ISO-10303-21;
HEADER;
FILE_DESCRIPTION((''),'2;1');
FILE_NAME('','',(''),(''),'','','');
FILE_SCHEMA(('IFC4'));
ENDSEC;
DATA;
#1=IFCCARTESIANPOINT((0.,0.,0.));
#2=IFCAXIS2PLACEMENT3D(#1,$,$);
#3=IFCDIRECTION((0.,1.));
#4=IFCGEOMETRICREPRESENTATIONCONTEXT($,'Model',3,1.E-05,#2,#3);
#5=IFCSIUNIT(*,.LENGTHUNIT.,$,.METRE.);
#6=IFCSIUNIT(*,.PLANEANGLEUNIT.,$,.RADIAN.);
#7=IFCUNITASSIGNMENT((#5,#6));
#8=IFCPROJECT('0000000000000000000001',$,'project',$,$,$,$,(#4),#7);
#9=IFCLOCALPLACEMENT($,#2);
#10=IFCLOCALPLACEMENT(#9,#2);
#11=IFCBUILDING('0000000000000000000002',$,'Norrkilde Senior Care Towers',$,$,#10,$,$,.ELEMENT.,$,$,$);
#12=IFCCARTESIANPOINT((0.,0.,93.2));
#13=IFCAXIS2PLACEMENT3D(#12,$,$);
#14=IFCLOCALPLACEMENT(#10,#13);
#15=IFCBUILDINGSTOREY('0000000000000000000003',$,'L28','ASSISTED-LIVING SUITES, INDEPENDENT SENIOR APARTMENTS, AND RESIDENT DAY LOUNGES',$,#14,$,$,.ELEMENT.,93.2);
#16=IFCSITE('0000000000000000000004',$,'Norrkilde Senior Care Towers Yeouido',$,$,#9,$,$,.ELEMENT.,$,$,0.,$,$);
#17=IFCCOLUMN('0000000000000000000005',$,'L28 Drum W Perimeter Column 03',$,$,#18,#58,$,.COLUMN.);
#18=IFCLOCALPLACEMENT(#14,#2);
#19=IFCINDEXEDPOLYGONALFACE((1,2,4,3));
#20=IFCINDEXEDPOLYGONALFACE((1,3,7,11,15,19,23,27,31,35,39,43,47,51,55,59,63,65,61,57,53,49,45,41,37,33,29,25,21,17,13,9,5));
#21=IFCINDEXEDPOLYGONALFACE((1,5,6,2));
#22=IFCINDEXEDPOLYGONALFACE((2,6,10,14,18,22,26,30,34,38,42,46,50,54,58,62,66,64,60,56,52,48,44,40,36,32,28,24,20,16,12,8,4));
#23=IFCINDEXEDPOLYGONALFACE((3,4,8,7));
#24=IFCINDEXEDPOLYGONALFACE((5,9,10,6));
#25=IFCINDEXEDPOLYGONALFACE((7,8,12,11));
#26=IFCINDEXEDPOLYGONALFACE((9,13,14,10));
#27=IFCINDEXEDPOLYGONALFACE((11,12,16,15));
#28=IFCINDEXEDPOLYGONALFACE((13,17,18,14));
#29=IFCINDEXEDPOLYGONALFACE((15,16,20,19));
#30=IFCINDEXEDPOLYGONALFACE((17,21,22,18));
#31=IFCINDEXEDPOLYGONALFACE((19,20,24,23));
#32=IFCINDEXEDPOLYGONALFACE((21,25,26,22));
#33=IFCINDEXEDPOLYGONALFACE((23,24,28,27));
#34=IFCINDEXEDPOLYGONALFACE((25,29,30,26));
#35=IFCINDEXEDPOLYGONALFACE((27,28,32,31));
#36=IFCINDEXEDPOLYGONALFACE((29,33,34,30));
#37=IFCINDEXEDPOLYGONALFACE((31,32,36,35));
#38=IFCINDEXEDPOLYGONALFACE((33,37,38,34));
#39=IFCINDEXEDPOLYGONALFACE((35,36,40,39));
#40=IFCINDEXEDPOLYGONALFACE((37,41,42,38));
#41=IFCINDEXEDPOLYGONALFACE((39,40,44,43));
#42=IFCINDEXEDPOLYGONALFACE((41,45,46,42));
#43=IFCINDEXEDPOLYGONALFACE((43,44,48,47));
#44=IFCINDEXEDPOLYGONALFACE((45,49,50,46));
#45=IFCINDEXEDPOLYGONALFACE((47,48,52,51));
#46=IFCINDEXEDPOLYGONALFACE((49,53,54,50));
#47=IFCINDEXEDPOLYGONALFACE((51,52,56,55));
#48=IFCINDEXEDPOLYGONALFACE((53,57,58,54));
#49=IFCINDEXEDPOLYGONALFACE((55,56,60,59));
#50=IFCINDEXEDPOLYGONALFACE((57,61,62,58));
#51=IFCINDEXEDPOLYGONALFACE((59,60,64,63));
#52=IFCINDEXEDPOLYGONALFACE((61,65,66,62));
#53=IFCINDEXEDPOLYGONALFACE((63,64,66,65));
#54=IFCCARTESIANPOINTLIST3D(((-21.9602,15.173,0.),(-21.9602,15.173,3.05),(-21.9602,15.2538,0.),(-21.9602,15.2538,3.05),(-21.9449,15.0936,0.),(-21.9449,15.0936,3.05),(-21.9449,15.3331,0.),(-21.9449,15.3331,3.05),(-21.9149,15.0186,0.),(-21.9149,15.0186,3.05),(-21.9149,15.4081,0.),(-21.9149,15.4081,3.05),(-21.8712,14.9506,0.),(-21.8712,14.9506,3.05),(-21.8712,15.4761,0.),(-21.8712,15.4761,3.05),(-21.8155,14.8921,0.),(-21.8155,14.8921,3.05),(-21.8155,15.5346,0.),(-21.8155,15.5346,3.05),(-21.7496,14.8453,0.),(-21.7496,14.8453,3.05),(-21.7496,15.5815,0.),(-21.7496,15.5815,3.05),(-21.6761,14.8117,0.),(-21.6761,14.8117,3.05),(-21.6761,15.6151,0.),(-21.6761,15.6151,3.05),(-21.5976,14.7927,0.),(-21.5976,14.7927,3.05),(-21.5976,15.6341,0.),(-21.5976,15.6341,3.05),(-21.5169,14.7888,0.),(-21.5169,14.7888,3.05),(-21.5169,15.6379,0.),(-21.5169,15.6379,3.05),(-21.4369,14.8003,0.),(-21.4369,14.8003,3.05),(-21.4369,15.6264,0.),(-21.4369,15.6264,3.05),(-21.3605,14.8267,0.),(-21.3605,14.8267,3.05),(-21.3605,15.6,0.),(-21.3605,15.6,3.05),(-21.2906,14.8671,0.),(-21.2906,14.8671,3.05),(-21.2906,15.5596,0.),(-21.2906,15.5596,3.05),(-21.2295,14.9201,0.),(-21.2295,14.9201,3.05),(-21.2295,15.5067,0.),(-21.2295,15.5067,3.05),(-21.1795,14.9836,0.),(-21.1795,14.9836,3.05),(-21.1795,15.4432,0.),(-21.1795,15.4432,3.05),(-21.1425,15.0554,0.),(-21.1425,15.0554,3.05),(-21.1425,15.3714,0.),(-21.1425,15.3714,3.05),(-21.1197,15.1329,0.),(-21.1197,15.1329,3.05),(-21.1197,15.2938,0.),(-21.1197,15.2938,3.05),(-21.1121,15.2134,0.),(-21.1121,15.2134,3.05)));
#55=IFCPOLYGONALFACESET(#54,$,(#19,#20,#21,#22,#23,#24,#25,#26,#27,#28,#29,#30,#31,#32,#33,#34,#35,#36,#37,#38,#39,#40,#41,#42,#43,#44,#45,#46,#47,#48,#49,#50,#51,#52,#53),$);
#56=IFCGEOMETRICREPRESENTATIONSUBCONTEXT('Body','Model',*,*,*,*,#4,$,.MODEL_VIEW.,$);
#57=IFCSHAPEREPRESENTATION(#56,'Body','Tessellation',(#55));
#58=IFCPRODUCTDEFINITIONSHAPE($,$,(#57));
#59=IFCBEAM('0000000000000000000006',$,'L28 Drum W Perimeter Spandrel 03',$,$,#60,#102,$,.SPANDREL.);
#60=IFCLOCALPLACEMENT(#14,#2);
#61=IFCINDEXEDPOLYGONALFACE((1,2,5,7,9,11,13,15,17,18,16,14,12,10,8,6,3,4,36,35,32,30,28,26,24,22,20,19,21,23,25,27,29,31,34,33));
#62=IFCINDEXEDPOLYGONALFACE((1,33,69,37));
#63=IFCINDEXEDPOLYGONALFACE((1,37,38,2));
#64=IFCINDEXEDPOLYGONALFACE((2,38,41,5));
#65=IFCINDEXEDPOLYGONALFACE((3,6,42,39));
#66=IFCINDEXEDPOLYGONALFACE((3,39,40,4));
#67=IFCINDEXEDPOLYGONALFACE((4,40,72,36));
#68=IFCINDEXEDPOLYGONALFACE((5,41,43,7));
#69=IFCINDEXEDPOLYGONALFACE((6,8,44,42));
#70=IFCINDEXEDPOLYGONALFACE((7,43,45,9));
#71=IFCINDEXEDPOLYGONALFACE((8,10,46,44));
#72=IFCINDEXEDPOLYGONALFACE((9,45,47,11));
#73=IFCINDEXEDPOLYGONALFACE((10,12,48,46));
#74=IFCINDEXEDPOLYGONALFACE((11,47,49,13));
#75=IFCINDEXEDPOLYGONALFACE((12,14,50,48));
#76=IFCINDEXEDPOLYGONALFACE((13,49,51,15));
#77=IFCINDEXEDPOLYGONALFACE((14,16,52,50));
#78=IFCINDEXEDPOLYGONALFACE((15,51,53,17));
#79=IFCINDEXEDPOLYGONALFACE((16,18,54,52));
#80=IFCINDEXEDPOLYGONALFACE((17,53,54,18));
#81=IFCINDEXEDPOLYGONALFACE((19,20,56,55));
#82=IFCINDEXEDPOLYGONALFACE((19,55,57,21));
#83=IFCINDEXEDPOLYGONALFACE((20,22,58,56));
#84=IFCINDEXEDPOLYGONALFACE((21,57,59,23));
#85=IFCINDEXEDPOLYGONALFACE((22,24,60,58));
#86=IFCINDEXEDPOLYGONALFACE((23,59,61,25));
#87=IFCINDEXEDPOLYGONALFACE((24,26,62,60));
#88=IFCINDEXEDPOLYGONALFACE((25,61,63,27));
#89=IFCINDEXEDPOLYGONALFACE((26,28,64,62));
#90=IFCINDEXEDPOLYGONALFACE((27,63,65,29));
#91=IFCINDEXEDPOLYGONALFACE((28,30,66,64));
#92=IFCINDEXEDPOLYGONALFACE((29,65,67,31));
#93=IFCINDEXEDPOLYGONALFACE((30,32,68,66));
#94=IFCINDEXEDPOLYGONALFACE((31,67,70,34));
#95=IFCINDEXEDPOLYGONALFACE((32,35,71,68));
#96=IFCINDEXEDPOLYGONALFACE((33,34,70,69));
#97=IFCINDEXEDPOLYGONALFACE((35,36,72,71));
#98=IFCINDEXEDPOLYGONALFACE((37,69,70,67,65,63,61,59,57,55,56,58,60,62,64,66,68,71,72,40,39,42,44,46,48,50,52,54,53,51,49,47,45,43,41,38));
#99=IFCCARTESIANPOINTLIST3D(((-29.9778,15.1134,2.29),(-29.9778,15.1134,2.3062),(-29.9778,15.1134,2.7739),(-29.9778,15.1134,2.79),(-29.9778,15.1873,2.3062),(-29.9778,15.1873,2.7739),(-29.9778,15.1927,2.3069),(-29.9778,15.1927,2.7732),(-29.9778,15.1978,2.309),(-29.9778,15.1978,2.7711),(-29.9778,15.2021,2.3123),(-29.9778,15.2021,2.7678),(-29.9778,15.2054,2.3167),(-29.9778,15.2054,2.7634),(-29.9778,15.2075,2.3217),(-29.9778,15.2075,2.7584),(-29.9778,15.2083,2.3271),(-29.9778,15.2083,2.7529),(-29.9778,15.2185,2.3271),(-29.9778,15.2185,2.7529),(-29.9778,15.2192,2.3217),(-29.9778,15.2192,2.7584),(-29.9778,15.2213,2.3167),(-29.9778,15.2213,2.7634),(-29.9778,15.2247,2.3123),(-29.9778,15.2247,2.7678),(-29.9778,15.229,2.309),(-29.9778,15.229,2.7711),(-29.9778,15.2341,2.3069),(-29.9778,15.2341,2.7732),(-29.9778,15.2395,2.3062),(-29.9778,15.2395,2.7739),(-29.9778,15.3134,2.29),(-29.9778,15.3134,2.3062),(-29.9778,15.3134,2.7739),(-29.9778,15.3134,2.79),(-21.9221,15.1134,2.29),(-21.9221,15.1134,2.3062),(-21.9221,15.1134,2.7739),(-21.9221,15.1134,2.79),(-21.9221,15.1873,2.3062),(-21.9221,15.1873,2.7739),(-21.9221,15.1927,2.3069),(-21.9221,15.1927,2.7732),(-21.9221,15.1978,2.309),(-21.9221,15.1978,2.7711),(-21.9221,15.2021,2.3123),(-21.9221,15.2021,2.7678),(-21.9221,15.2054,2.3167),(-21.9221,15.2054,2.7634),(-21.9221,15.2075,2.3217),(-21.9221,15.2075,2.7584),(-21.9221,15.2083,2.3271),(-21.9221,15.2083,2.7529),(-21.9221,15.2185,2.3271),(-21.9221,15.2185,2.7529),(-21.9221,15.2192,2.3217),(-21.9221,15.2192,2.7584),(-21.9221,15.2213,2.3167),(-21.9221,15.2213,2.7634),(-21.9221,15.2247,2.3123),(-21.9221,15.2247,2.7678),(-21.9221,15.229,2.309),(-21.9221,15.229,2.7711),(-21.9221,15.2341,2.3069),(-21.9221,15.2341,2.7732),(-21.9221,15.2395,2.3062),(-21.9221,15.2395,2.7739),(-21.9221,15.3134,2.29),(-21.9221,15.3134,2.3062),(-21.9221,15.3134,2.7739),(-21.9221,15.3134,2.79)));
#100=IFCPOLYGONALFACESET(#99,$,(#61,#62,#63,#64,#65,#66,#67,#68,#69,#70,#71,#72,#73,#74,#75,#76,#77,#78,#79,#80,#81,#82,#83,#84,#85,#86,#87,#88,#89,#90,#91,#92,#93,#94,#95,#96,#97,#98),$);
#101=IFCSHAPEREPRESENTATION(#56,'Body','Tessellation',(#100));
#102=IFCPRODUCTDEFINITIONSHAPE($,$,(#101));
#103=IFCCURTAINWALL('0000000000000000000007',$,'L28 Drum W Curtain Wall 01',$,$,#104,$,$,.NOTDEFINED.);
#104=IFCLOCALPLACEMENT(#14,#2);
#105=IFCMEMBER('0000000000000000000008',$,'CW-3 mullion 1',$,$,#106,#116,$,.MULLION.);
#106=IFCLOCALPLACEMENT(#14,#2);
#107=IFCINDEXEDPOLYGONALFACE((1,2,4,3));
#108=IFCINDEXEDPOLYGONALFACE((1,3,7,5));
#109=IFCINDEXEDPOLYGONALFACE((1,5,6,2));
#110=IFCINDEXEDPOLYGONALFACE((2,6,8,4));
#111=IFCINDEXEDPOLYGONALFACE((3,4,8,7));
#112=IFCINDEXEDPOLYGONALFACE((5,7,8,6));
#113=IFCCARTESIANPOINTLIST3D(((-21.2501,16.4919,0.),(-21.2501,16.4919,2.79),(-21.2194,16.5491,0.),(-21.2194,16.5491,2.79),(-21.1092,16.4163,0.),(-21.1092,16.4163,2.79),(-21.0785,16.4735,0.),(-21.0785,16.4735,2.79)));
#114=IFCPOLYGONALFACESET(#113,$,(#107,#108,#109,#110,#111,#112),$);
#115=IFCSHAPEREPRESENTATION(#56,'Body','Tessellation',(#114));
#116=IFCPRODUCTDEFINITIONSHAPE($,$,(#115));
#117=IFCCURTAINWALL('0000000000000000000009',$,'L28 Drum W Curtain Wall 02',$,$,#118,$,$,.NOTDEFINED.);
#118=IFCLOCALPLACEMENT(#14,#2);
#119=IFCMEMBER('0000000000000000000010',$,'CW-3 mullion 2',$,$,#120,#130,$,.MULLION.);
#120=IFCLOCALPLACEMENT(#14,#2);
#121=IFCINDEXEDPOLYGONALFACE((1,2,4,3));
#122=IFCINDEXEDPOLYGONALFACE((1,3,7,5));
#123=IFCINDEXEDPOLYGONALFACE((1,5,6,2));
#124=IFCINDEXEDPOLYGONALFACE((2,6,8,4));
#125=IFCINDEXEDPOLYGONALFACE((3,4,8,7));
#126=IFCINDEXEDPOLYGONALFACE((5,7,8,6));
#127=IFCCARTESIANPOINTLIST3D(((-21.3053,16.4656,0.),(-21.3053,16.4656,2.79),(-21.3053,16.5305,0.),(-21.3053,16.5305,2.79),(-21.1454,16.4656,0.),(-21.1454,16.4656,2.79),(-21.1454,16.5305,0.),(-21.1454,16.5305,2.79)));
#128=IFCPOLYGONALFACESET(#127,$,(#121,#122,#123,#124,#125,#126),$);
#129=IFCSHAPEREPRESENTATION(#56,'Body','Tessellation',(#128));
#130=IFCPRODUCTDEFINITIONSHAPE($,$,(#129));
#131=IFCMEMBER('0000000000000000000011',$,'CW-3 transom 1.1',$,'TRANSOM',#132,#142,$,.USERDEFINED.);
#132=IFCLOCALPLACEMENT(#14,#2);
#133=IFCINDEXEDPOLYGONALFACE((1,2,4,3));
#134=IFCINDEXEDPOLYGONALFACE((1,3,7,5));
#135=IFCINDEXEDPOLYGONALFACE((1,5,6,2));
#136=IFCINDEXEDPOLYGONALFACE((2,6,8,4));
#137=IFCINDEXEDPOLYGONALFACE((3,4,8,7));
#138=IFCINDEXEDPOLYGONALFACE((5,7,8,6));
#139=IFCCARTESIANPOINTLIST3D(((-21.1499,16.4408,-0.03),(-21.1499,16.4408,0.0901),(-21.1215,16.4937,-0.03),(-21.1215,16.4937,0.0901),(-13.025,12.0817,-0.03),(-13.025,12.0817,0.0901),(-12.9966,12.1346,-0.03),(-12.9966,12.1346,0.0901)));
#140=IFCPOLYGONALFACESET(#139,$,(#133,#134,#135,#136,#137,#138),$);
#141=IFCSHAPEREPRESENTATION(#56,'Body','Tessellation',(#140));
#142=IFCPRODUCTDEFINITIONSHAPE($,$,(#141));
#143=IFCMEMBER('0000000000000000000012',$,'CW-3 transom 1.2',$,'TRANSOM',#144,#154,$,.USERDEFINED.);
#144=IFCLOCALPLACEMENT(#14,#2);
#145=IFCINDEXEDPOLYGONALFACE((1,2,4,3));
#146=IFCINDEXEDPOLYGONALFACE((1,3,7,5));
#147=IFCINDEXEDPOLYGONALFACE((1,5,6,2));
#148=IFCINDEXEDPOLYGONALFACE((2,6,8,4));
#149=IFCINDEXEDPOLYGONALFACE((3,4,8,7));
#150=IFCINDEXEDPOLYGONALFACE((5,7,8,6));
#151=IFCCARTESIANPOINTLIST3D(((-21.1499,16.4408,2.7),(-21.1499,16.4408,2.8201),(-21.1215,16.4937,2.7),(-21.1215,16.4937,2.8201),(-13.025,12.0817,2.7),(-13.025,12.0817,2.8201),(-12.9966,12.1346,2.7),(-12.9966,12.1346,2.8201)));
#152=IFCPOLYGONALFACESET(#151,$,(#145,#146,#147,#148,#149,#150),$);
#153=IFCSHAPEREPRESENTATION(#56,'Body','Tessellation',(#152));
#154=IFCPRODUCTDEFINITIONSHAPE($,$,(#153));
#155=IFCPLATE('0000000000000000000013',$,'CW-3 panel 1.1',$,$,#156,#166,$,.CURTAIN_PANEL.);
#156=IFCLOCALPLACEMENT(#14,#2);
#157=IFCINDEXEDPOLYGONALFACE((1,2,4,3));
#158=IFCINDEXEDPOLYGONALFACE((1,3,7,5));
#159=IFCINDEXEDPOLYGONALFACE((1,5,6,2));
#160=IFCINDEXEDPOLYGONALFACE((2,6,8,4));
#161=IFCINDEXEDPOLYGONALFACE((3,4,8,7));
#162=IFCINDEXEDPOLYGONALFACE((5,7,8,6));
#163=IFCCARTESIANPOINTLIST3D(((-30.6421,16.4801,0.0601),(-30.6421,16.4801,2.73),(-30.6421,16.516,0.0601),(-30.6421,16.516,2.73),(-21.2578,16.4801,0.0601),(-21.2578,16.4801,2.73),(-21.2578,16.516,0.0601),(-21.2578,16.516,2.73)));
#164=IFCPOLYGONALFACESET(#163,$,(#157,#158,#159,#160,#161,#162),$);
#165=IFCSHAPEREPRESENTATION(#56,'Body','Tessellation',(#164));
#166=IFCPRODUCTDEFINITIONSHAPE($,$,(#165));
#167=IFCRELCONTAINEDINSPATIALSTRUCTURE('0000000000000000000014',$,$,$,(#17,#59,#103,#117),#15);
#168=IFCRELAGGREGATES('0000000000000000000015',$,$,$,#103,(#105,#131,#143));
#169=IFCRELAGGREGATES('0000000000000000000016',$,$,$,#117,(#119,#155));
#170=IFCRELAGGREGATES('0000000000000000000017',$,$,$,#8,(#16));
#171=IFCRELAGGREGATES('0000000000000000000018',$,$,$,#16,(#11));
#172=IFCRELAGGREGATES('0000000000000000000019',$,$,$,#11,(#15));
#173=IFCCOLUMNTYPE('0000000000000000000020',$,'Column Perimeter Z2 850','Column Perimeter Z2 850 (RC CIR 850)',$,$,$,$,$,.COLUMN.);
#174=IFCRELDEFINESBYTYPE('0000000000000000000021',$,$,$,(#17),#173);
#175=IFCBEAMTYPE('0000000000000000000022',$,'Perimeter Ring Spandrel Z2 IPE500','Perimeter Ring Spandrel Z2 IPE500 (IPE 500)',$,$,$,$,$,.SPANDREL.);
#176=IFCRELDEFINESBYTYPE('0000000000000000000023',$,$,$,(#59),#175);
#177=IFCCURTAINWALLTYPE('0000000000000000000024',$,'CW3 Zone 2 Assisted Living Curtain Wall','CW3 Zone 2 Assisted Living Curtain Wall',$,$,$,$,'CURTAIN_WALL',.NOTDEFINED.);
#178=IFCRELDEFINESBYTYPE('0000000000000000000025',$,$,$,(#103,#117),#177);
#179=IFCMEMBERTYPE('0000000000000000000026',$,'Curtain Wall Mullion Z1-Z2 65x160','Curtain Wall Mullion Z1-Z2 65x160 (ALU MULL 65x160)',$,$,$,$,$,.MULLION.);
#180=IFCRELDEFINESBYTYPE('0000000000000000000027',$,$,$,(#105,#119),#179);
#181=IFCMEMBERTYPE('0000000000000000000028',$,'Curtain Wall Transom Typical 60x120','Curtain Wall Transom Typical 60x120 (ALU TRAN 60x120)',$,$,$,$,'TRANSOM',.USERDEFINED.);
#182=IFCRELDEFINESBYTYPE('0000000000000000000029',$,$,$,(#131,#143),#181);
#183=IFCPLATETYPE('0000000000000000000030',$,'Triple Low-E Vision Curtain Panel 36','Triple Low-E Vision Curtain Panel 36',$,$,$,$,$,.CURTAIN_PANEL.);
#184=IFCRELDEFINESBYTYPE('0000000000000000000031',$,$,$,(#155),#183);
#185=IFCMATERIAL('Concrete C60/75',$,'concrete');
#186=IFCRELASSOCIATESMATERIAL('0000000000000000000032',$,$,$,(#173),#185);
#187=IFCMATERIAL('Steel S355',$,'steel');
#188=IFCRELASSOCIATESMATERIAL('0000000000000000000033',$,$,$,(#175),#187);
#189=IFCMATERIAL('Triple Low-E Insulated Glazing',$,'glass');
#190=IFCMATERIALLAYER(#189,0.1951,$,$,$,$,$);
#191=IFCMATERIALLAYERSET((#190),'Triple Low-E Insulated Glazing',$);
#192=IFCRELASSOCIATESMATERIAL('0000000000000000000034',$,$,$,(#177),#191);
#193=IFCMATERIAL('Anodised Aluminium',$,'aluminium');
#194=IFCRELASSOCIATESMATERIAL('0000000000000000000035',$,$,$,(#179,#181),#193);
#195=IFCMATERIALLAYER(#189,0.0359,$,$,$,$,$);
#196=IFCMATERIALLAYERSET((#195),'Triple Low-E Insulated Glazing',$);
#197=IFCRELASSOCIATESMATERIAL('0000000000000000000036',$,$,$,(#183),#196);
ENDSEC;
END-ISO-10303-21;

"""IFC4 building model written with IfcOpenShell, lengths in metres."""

from ifc_helpers import new_model, si_unit, direction, frame, origin, origin_2d, place, context, subcontext, project, spatial, rectangle, circle, i_section, extrude, source, transform, mapped, material, layer, layer_set, material_profile, profile_set, type_object, type_shapes, element, aggregate, save


model = new_model("IFC4")

# Units and contexts
model_context = context("Model", 3, precision=1e-05, world=origin(), true_north=direction((0.0, 1.0)))
body_context = subcontext(model_context, "Body", "Model", "MODEL_VIEW")
ifc_project = project(units=[si_unit("LENGTHUNIT", "METRE"), si_unit("PLANEANGLEUNIT", "RADIAN")], contexts=[model_context])

# Site, building, storey
site_placement = place(None, origin())
site = spatial("IfcSite", under=ifc_project, at=site_placement, Name="Norrkilde Senior Care Towers Yeouido", CompositionType="ELEMENT", RefElevation=0.0)
building_placement = place(site_placement, origin())
building = spatial("IfcBuilding", under=site, at=building_placement, Name="Norrkilde Senior Care Towers", CompositionType="ELEMENT")
storey_placement = place(building_placement, frame((0.0, 0.0, 93.2)))
storey = spatial("IfcBuildingStorey", under=building, at=storey_placement, Name="L28", Description="ASSISTED-LIVING SUITES, INDEPENDENT SENIOR APARTMENTS, AND RESIDENT DAY LOUNGES", CompositionType="ELEMENT", Elevation=93.2)

# Column
ifc_material_1 = material(Name="Concrete C60/75", Category="concrete")
ifc_material_profile_1 = material_profile(ifc_material_1, circle(Radius=0.425, at=origin_2d()), Name="RC CIR 850")
ifc_profile_set_1 = profile_set([ifc_material_profile_1], Name="Concrete C60/75")
column_type = type_object("IfcColumnType", Name="Column Perimeter Z2 850", Description="Column Perimeter Z2 850 (RC CIR 850)", PredefinedType="COLUMN", material=ifc_profile_set_1)
shared_shape_1 = source(origin(), body_context, "Body", "SweptSolid", [
    extrude(circle(Radius=0.425, at=origin_2d()), origin(), (0.0, 0.0, 1.0), 3.05),
])
type_shapes(column_type, [shared_shape_1])
column_placement = place(storey_placement, frame((-21.5371, 15.2134, 0.0), z_axis=(0.0, 0.0, 1.0), x_axis=(1.0, 0.0, 0.0)))
element("IfcColumn", 1, at=column_placement, inside=storey, type_object=column_type, Name="L28 Drum W Perimeter Column 03", PredefinedType="COLUMN", context=body_context, shape_type="MappedRepresentation", body=[
    mapped(shared_shape_1, transform((0.0, 0.0, 0.0), x_axis=(1.0, 0.0, 0.0), y_axis=(0.0, 1.0, 0.0), z_axis=(0.0, 0.0, 1.0), scale=1.0)),
])

# Beam
ifc_material_2 = material(Name="Steel S355", Category="steel")
ifc_material_profile_2 = material_profile(ifc_material_2, i_section(OverallWidth=0.2, OverallDepth=0.5, WebThickness=0.0103, FlangeThickness=0.0161, FilletRadius=0.021, at=origin_2d()), Name="IPE 500")
ifc_profile_set_2 = profile_set([ifc_material_profile_2], Name="Steel S355")
beam_type = type_object("IfcBeamType", Name="Perimeter Ring Spandrel Z2 IPE500", Description="Perimeter Ring Spandrel Z2 IPE500 (IPE 500)", PredefinedType="SPANDREL", material=ifc_profile_set_2)
shared_shape_2 = source(origin(), body_context, "Body", "SweptSolid", [
    extrude(i_section(OverallWidth=0.2, OverallDepth=0.5, WebThickness=0.0103, FlangeThickness=0.0161, FilletRadius=0.021, at=origin_2d()), origin(), (0.0, 0.0, 1.0), 8.0557),
])
type_shapes(beam_type, [shared_shape_2])
beam_placement = place(storey_placement, frame((-21.9221, 15.2134, 2.54), z_axis=(-1.0, 0.0, 0.0), x_axis=(0.0, -1.0, 0.0)))
element("IfcBeam", 2, at=beam_placement, inside=storey, type_object=beam_type, Name="L28 Drum W Perimeter Spandrel 03", PredefinedType="SPANDREL", context=body_context, shape_type="MappedRepresentation", body=[
    mapped(shared_shape_2, transform((0.0, 0.0, 0.0), x_axis=(1.0, 0.0, 0.0), y_axis=(0.0, 1.0, 0.0), z_axis=(0.0, 0.0, 1.0), scale=1.0)),
])

# Curtain walls, members
ifc_material_3 = material(Name="Triple Low-E Insulated Glazing", Category="glass")
ifc_layer_1 = layer(ifc_material_3, 0.1951)
ifc_layer_set_1 = layer_set([ifc_layer_1], Name="Triple Low-E Insulated Glazing")
curtain_wall_type = type_object("IfcCurtainWallType", Name="CW3 Zone 2 Assisted Living Curtain Wall", Description="CW3 Zone 2 Assisted Living Curtain Wall", ElementType="CURTAIN_WALL", PredefinedType="NOTDEFINED", material=ifc_layer_set_1)
curtain_wall_1_placement = place(storey_placement, origin())
curtain_wall_1 = element("IfcCurtainWall", 3, at=curtain_wall_1_placement, inside=storey, type_object=curtain_wall_type, Name="L28 Drum W Curtain Wall 01", PredefinedType="NOTDEFINED")
ifc_material_4 = material(Name="Anodised Aluminium", Category="aluminium")
ifc_material_profile_3 = material_profile(ifc_material_4, rectangle(XDim=0.0649, YDim=0.1599, at=origin_2d()), Name="ALU MULL 65x160")
ifc_profile_set_3 = profile_set([ifc_material_profile_3], Name="Anodised Aluminium")
member_type_1 = type_object("IfcMemberType", Name="Curtain Wall Mullion Z1-Z2 65x160", Description="Curtain Wall Mullion Z1-Z2 65x160 (ALU MULL 65x160)", PredefinedType="MULLION", material=ifc_profile_set_3)
shared_shape_3 = source(origin(), body_context, "Body", "SweptSolid", [
    extrude(rectangle(XDim=0.0649, YDim=0.1599, at=origin_2d()), origin(), (0.0, 0.0, 1.0), 2.79),
])
type_shapes(member_type_1, [shared_shape_3])
member_1_placement = place(storey_placement, frame((-21.1643, 16.4827, 0.0), z_axis=(0.0, 0.0, 1.0), x_axis=(0.472769, 0.881186, 0.0)))
member_1 = element("IfcMember", 4, at=member_1_placement, type_object=member_type_1, Name="CW-3 mullion 1", PredefinedType="MULLION", context=body_context, shape_type="MappedRepresentation", body=[
    mapped(shared_shape_3, transform((0.0, 0.0, 0.0), x_axis=(1.0, 0.0, 0.0), y_axis=(0.0, 1.0, 0.0), z_axis=(0.0, 0.0, 1.0), scale=1.0)),
])
curtain_wall_2_placement = place(storey_placement, origin())
curtain_wall_2 = element("IfcCurtainWall", 5, at=curtain_wall_2_placement, inside=storey, type_object=curtain_wall_type, Name="L28 Drum W Curtain Wall 02", PredefinedType="NOTDEFINED")
member_2_placement = place(storey_placement, frame((-21.2253, 16.498, 0.0), z_axis=(0.0, 0.0, 1.0), x_axis=(0.0, 1.0, 0.0)))
member_2 = element("IfcMember", 6, at=member_2_placement, type_object=member_type_1, Name="CW-3 mullion 2", PredefinedType="MULLION", context=body_context, shape_type="MappedRepresentation", body=[
    mapped(shared_shape_3, transform((0.0, 0.0, 0.0), x_axis=(1.0, 0.0, 0.0), y_axis=(0.0, 1.0, 0.0), z_axis=(0.0, 0.0, 1.0), scale=1.0)),
])

# Members
ifc_material_profile_4 = material_profile(ifc_material_4, rectangle(XDim=0.0601, YDim=0.1201, at=origin_2d()), Name="ALU TRAN 60x120")
ifc_profile_set_4 = profile_set([ifc_material_profile_4], Name="Anodised Aluminium")
member_type_2 = type_object("IfcMemberType", Name="Curtain Wall Transom Typical 60x120", Description="Curtain Wall Transom Typical 60x120 (ALU TRAN 60x120)", ElementType="TRANSOM", PredefinedType="USERDEFINED", material=ifc_profile_set_4)
shared_shape_4 = source(origin(), body_context, "Body", "SweptSolid", [
    extrude(rectangle(XDim=0.0601, YDim=0.1201, at=origin_2d()), origin(), (0.0, 0.0, 1.0), 9.2205),
])
type_shapes(member_type_2, [shared_shape_4])
member_3_placement = place(storey_placement, frame((-21.1357, 16.4673, 0.03), z_axis=(0.881189, -0.472765, 0.0), x_axis=(0.472765, 0.881189, 0.0)))
member_3 = element("IfcMember", 7, at=member_3_placement, type_object=member_type_2, Name="CW-3 transom 1.1", ObjectType="TRANSOM", PredefinedType="USERDEFINED", context=body_context, shape_type="MappedRepresentation", body=[
    mapped(shared_shape_4, transform((0.0, 0.0, 0.0), x_axis=(1.0, 0.0, 0.0), y_axis=(0.0, 1.0, 0.0), z_axis=(0.0, 0.0, 1.0), scale=1.0)),
])
member_4_placement = place(storey_placement, frame((-21.1357, 16.4673, 2.76), z_axis=(0.881189, -0.472765, 0.0), x_axis=(0.472765, 0.881189, 0.0)))
member_4 = element("IfcMember", 8, at=member_4_placement, type_object=member_type_2, Name="CW-3 transom 1.2", ObjectType="TRANSOM", PredefinedType="USERDEFINED", context=body_context, shape_type="MappedRepresentation", body=[
    mapped(shared_shape_4, transform((0.0, 0.0, 0.0), x_axis=(1.0, 0.0, 0.0), y_axis=(0.0, 1.0, 0.0), z_axis=(0.0, 0.0, 1.0), scale=1.0)),
])
aggregate(curtain_wall_1, [member_1, member_3, member_4])

# Plate
ifc_layer_2 = layer(ifc_material_3, 0.0359)
ifc_layer_set_2 = layer_set([ifc_layer_2], Name="Triple Low-E Insulated Glazing")
plate_type = type_object("IfcPlateType", Name="Triple Low-E Vision Curtain Panel 36", Description="Triple Low-E Vision Curtain Panel 36", PredefinedType="CURTAIN_PANEL", material=ifc_layer_set_2)
shared_shape_5 = source(origin(), body_context, "Body", "SweptSolid", [
    extrude(rectangle(XDim=9.3843, YDim=0.0359, at=origin_2d()), origin(), (0.0, 0.0, 1.0), 2.6699),
])
type_shapes(plate_type, [shared_shape_5])
plate_placement = place(storey_placement, frame((-25.95, 16.498, 0.0601), z_axis=(0.0, 0.0, 1.0), x_axis=(1.0, 0.0, 0.0)))
plate = element("IfcPlate", 9, at=plate_placement, type_object=plate_type, Name="CW-3 panel 1.1", PredefinedType="CURTAIN_PANEL", context=body_context, shape_type="MappedRepresentation", body=[
    mapped(shared_shape_5, transform((0.0, 0.0, 0.0), x_axis=(1.0, 0.0, 0.0), y_axis=(0.0, 1.0, 0.0), z_axis=(0.0, 0.0, 1.0), scale=1.0)),
])
aggregate(curtain_wall_2, [member_2, plate])

save(model, "model.ifc")
